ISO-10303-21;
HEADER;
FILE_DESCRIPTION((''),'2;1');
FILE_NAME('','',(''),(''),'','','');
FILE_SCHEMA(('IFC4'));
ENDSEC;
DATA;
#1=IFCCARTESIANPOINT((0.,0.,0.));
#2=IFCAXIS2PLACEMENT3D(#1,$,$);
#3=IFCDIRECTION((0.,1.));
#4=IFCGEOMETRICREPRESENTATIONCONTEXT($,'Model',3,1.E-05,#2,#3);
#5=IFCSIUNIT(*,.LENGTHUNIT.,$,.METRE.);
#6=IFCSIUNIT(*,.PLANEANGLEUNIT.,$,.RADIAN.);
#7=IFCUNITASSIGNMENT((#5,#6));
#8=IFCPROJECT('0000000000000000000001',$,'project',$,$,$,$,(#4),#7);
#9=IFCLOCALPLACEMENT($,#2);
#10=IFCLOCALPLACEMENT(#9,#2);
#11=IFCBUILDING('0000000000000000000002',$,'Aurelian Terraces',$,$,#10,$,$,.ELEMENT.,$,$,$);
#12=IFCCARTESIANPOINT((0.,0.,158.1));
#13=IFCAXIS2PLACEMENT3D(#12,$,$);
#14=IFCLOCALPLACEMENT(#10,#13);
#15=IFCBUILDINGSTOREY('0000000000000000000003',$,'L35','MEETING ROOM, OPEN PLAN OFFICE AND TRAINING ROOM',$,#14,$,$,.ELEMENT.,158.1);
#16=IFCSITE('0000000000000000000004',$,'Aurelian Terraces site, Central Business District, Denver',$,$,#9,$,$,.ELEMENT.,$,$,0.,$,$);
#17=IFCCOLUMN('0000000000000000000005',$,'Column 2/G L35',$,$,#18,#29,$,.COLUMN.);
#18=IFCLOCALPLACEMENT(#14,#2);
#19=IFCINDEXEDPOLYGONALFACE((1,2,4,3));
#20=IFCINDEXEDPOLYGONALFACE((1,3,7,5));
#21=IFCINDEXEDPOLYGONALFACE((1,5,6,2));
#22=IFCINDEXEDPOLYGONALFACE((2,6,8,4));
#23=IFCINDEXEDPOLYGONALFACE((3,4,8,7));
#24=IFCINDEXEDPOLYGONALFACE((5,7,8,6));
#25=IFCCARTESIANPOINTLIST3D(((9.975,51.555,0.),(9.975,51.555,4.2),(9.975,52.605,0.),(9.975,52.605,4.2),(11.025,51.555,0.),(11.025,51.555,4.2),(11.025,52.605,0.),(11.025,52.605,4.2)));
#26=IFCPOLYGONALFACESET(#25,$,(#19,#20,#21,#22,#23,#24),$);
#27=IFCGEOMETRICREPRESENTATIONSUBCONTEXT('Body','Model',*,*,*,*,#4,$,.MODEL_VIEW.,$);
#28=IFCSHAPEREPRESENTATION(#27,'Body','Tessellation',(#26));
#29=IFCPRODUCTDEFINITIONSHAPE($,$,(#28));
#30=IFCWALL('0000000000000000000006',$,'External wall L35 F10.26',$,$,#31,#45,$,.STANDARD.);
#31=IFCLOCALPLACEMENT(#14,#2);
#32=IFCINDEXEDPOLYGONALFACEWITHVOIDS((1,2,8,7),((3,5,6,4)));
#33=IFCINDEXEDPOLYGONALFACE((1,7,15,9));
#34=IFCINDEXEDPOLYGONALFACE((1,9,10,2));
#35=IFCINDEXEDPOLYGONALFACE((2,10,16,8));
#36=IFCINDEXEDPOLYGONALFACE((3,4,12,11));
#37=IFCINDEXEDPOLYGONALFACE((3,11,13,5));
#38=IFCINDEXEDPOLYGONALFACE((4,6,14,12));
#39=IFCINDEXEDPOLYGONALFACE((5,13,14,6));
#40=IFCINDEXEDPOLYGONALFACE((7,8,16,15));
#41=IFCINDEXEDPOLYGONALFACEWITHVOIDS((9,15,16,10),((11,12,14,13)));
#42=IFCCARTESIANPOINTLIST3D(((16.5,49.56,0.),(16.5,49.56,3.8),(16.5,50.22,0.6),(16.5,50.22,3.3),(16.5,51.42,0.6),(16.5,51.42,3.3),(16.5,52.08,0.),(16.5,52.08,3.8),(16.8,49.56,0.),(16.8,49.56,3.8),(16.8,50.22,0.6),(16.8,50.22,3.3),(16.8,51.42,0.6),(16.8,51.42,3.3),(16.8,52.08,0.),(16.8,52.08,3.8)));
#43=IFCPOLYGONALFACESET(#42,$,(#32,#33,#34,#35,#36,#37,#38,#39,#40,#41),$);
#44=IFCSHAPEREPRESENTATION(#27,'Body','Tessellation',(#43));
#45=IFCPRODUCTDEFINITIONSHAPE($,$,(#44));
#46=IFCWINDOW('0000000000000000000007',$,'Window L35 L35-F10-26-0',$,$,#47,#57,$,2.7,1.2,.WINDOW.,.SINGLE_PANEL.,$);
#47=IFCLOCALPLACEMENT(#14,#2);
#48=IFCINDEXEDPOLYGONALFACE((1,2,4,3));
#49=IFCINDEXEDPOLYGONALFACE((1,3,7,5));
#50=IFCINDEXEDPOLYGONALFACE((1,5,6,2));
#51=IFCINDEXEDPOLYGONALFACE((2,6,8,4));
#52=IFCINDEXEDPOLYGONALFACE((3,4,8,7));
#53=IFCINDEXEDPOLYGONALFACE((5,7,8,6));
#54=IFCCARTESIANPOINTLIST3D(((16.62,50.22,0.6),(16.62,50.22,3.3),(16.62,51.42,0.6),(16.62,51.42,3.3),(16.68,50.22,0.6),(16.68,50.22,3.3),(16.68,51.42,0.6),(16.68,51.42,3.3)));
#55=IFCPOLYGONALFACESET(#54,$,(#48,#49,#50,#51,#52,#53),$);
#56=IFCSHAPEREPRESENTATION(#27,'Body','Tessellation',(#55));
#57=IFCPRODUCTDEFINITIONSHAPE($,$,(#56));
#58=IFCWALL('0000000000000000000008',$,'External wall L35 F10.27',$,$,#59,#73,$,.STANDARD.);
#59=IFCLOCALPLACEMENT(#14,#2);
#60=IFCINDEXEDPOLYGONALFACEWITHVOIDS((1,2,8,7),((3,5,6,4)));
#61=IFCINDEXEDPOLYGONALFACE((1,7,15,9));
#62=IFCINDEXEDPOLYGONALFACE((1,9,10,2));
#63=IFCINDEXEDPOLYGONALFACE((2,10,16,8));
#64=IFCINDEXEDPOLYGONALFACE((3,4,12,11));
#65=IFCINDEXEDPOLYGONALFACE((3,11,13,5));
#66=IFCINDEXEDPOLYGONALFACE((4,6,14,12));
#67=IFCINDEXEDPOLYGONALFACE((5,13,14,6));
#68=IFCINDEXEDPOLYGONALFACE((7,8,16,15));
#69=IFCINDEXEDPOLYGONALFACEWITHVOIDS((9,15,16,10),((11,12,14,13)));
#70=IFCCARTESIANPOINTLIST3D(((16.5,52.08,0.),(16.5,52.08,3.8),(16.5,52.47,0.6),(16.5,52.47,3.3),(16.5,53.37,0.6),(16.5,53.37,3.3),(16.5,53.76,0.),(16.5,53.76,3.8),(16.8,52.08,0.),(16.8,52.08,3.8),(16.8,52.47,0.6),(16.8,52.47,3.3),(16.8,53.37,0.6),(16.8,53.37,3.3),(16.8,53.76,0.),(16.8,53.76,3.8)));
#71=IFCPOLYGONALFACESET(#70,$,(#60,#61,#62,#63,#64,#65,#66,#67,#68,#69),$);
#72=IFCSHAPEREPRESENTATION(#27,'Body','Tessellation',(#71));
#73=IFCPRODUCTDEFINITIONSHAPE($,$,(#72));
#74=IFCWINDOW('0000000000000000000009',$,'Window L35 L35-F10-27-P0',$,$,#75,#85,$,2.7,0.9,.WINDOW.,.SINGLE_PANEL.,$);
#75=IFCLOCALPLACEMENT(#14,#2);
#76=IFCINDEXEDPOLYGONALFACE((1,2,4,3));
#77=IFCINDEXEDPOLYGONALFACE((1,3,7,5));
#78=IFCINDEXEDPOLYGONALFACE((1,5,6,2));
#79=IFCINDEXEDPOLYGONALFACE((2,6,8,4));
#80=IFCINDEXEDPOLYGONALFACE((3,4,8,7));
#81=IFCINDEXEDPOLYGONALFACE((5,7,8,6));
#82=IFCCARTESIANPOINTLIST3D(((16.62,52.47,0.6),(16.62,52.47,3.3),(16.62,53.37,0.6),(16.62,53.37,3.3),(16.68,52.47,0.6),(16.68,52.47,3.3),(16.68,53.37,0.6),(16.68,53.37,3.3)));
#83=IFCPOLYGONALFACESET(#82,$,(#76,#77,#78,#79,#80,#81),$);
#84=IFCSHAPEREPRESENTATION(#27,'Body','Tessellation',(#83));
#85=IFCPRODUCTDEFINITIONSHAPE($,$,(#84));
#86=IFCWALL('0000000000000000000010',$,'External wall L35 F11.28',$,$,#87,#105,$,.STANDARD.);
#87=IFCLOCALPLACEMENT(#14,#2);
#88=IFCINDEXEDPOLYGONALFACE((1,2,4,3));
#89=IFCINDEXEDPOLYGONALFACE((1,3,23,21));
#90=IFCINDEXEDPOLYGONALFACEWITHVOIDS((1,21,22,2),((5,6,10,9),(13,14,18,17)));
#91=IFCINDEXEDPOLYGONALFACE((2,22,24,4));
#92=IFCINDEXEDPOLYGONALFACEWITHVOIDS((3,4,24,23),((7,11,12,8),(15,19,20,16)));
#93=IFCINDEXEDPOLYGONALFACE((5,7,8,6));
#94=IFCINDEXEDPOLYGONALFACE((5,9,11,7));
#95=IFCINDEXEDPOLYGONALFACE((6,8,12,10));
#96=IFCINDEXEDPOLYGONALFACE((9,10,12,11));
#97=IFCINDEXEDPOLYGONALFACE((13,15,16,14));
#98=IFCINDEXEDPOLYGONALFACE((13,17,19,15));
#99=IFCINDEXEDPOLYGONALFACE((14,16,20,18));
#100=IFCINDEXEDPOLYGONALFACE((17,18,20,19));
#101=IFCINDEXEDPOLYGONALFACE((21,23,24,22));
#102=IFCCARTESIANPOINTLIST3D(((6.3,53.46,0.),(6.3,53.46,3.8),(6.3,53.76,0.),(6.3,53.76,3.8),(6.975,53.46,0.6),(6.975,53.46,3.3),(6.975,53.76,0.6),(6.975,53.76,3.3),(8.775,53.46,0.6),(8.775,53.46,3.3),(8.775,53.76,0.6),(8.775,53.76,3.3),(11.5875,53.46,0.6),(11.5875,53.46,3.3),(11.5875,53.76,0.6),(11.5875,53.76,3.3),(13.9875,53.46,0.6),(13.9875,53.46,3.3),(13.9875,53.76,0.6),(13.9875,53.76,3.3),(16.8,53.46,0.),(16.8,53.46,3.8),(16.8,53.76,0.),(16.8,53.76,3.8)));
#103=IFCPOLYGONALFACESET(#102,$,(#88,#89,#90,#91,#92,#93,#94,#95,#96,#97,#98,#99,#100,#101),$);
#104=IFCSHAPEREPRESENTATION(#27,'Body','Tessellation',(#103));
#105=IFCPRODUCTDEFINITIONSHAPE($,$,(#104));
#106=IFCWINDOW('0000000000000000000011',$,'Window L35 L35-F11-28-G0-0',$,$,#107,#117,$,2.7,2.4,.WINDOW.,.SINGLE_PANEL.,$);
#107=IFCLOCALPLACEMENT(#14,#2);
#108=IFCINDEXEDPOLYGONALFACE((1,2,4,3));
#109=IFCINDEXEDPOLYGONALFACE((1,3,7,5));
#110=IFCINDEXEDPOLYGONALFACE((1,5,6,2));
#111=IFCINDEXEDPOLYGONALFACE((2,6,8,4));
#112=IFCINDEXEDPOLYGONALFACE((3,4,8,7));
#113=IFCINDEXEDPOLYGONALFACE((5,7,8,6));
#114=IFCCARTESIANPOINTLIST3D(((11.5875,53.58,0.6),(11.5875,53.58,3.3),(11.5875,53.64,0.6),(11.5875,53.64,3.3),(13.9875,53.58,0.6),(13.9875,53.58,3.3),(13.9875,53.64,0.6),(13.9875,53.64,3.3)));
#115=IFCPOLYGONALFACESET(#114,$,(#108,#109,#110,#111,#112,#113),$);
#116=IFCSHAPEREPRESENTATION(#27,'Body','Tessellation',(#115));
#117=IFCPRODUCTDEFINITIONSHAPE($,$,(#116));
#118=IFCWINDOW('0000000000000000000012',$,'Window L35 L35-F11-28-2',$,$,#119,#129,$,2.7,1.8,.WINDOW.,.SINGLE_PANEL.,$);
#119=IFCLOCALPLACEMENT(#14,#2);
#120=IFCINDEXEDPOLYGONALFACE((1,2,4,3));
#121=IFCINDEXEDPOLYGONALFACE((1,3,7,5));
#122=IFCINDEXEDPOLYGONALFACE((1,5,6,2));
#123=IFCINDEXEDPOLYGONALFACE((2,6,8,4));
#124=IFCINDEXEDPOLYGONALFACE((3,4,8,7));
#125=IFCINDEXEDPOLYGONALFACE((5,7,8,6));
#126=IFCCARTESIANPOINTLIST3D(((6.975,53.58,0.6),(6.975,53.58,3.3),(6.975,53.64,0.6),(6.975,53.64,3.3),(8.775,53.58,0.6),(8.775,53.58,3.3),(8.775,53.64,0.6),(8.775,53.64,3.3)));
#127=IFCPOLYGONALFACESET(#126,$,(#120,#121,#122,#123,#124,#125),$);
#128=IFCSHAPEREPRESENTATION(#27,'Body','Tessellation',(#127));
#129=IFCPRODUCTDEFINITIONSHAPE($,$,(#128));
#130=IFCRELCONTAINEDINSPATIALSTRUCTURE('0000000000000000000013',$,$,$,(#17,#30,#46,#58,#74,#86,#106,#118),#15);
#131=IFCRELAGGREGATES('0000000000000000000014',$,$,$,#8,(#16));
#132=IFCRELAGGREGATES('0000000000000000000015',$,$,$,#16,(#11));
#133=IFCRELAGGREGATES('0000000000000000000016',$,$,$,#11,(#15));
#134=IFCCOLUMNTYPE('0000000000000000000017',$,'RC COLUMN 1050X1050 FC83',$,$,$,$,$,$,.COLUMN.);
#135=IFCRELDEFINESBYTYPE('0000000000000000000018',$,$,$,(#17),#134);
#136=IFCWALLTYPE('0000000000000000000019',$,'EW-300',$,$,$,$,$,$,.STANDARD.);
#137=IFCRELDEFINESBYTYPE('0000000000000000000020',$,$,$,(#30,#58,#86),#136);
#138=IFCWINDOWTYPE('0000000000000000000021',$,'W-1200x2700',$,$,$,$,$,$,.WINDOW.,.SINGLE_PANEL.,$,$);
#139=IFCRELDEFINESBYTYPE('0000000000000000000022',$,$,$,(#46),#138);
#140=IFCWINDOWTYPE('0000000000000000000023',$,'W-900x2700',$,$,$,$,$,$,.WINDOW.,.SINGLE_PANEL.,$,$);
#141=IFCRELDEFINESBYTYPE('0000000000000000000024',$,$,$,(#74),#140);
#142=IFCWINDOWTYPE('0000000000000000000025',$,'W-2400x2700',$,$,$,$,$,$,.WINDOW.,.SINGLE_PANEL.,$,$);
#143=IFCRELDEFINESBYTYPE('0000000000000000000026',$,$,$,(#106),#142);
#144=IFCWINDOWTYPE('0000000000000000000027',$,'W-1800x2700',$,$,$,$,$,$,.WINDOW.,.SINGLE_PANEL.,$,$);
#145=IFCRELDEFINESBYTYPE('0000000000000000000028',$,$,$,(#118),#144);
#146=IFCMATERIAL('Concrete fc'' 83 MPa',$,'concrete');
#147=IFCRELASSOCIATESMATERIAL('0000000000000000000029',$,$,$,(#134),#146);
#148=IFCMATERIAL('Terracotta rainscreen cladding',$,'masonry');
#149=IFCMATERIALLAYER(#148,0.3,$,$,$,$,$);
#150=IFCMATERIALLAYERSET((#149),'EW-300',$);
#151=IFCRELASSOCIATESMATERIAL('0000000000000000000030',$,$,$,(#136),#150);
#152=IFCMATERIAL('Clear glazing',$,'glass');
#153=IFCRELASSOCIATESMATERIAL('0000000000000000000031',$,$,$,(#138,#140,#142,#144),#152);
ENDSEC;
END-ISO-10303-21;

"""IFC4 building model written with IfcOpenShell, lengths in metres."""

from ifc_helpers import new_model, si_unit, direction, frame, frame_2d, origin, origin_2d, place, context, subcontext, project, spatial, rectangle, extrude, source, transform, mapped, material, layer, layer_set, material_profile, profile_set, type_object, element, fill, save


model = new_model("IFC4")

# Units and contexts
model_context = context("Model", 3, precision=1e-05, world=origin(), true_north=direction((0.0, 1.0)))
body_context = subcontext(model_context, "Body", "Model", "MODEL_VIEW")
ifc_project = project(units=[si_unit("LENGTHUNIT", "METRE"), si_unit("PLANEANGLEUNIT", "RADIAN")], contexts=[model_context])

# Site, building, storey
site_placement = place(None, origin())
site = spatial("IfcSite", under=ifc_project, at=site_placement, Name="Aurelian Terraces site, Central Business District, Denver", CompositionType="ELEMENT", RefElevation=0.0)
building_placement = place(site_placement, origin())
building = spatial("IfcBuilding", under=site, at=building_placement, Name="Aurelian Terraces", CompositionType="ELEMENT")
storey_placement = place(building_placement, frame((0.0, 0.0, 158.1)))
storey = spatial("IfcBuildingStorey", under=building, at=storey_placement, Name="L35", Description="MEETING ROOM, OPEN PLAN OFFICE AND TRAINING ROOM", CompositionType="ELEMENT", Elevation=158.1)

# Column
ifc_material_1 = material(Name="Concrete fc' 83 MPa", Category="concrete")
ifc_material_profile = material_profile(ifc_material_1, rectangle(XDim=1.05, YDim=1.05, at=origin_2d()))
ifc_profile_set = profile_set([ifc_material_profile], Name="Concrete fc' 83 MPa")
column_type = type_object("IfcColumnType", Name="RC COLUMN 1050X1050 FC83", PredefinedType="COLUMN", material=ifc_profile_set)
shared_shape_1 = source(origin(), body_context, "Body", "SweptSolid", [
    extrude(rectangle(XDim=1.05, YDim=1.05, at=origin_2d()), origin(), (0.0, 0.0, 1.0), 4.2),
])
column_placement = place(storey_placement, frame((10.5, 52.08, 0.0), z_axis=(0.0, 0.0, 1.0), x_axis=(1.0, 0.0, 0.0)))
element("IfcColumn", 1, at=column_placement, inside=storey, type_object=column_type, Name="Column 2/G L35", PredefinedType="COLUMN", context=body_context, shape_type="MappedRepresentation", body=[
    mapped(shared_shape_1, transform((0.0, 0.0, 0.0), scale=1.0)),
])

# Walls, openings, windows
ifc_material_2 = material(Name="Terracotta rainscreen cladding", Category="masonry")
ifc_layer_1 = layer(ifc_material_2, 0.3)
ifc_layer_set_1 = layer_set([ifc_layer_1], Name="EW-300")
wall_type_1 = type_object("IfcWallType", Name="EW-300", PredefinedType="STANDARD", material=ifc_layer_set_1)
shared_shape_2 = source(origin(), body_context, "Body", "SweptSolid", [
    extrude(rectangle(XDim=2.52, YDim=0.3, at=frame_2d((1.26, 0.0))), origin(), (0.0, 0.0, 1.0), 3.8),
])
wall_1_placement = place(storey_placement, frame((16.65, 49.56, 0.0), z_axis=(0.0, 0.0, 1.0), x_axis=(0.0, 1.0, 0.0)))
wall_1 = element("IfcWall", 2, at=wall_1_placement, inside=storey, type_object=wall_type_1, Name="External wall L35 F10.26", PredefinedType="STANDARD", context=body_context, shape_type="MappedRepresentation", body=[
    mapped(shared_shape_2, transform((0.0, 0.0, 0.0), scale=1.0)),
])
shared_shape_3 = source(origin(), body_context, "Body", "SweptSolid", [
    extrude(rectangle(XDim=1.2, YDim=2.7, at=frame_2d((0.6, 1.35))), frame((0.0, 0.16, 0.0), z_axis=(0.0, -1.0, 0.0), x_axis=(1.0, 0.0, 0.0)), (0.0, 0.0, 1.0), 0.32),
])
opening_1_placement = place(wall_1_placement, frame((0.66, 0.0, 0.6)))
opening_1 = element("IfcOpeningElement", 3, at=opening_1_placement, cuts=wall_1, PredefinedType="OPENING", context=body_context, shape_type="MappedRepresentation", body=[
    mapped(shared_shape_3, transform((0.0, 0.0, 0.0), scale=1.0)),
])
ifc_material_3 = material(Name="Clear glazing", Category="glass")
window_type_1 = type_object("IfcWindowType", Name="W-1200x2700", PartitioningType="SINGLE_PANEL", PredefinedType="WINDOW", material=ifc_material_3)
shared_shape_4 = source(origin(), body_context, "Body", "SweptSolid", [
    extrude(rectangle(XDim=1.2, YDim=2.7, at=frame_2d((0.6, 1.35))), frame((0.0, 0.03, 0.0), z_axis=(0.0, -1.0, 0.0), x_axis=(1.0, 0.0, 0.0)), (0.0, 0.0, 1.0), 0.06),
])
window_1_placement = place(opening_1_placement, origin())
window_1 = element("IfcWindow", 4, at=window_1_placement, inside=storey, type_object=window_type_1, Name="Window L35 L35-F10-26-0", OverallHeight=2.7, OverallWidth=1.2, PartitioningType="SINGLE_PANEL", PredefinedType="WINDOW", context=body_context, shape_type="MappedRepresentation", body=[
    mapped(shared_shape_4, transform((0.0, 0.0, 0.0), scale=1.0)),
])
fill(opening_1, window_1)
shared_shape_5 = source(origin(), body_context, "Body", "SweptSolid", [
    extrude(rectangle(XDim=1.68, YDim=0.3, at=frame_2d((0.84, 0.0))), origin(), (0.0, 0.0, 1.0), 3.8),
])
wall_2_placement = place(storey_placement, frame((16.65, 52.08, 0.0), z_axis=(0.0, 0.0, 1.0), x_axis=(0.0, 1.0, 0.0)))
wall_2 = element("IfcWall", 5, at=wall_2_placement, inside=storey, type_object=wall_type_1, Name="External wall L35 F10.27", PredefinedType="STANDARD", context=body_context, shape_type="MappedRepresentation", body=[
    mapped(shared_shape_5, transform((0.0, 0.0, 0.0), scale=1.0)),
])
shared_shape_6 = source(origin(), body_context, "Body", "SweptSolid", [
    extrude(rectangle(XDim=0.9, YDim=2.7, at=frame_2d((0.45, 1.35))), frame((0.0, 0.16, 0.0), z_axis=(0.0, -1.0, 0.0), x_axis=(1.0, 0.0, 0.0)), (0.0, 0.0, 1.0), 0.32),
])
opening_2_placement = place(wall_2_placement, frame((0.39, 0.0, 0.6)))
opening_2 = element("IfcOpeningElement", 6, at=opening_2_placement, cuts=wall_2, PredefinedType="OPENING", context=body_context, shape_type="MappedRepresentation", body=[
    mapped(shared_shape_6, transform((0.0, 0.0, 0.0), scale=1.0)),
])
window_type_2 = type_object("IfcWindowType", Name="W-900x2700", PartitioningType="SINGLE_PANEL", PredefinedType="WINDOW", material=ifc_material_3)
shared_shape_7 = source(origin(), body_context, "Body", "SweptSolid", [
    extrude(rectangle(XDim=0.9, YDim=2.7, at=frame_2d((0.45, 1.35))), frame((0.0, 0.03, 0.0), z_axis=(0.0, -1.0, 0.0), x_axis=(1.0, 0.0, 0.0)), (0.0, 0.0, 1.0), 0.06),
])
window_2_placement = place(opening_2_placement, origin())
window_2 = element("IfcWindow", 7, at=window_2_placement, inside=storey, type_object=window_type_2, Name="Window L35 L35-F10-27-P0", OverallHeight=2.7, OverallWidth=0.9, PartitioningType="SINGLE_PANEL", PredefinedType="WINDOW", context=body_context, shape_type="MappedRepresentation", body=[
    mapped(shared_shape_7, transform((0.0, 0.0, 0.0), scale=1.0)),
])
fill(opening_2, window_2)

# Wall, openings, windows
shared_shape_8 = source(origin(), body_context, "Body", "SweptSolid", [
    extrude(rectangle(XDim=10.5, YDim=0.3, at=frame_2d((5.25, 0.0))), origin(), (0.0, 0.0, 1.0), 3.8),
])
wall_3_placement = place(storey_placement, frame((16.8, 53.61, 0.0), z_axis=(0.0, 0.0, 1.0), x_axis=(-1.0, 0.0, 0.0)))
wall_3 = element("IfcWall", 8, at=wall_3_placement, inside=storey, type_object=wall_type_1, Name="External wall L35 F11.28", PredefinedType="STANDARD", context=body_context, shape_type="MappedRepresentation", body=[
    mapped(shared_shape_8, transform((0.0, 0.0, 0.0), scale=1.0)),
])
shared_shape_9 = source(origin(), body_context, "Body", "SweptSolid", [
    extrude(rectangle(XDim=1.8, YDim=2.7, at=frame_2d((0.9, 1.35))), frame((0.0, 0.16, 0.0), z_axis=(0.0, -1.0, 0.0), x_axis=(1.0, 0.0, 0.0)), (0.0, 0.0, 1.0), 0.32),
])
opening_3_placement = place(wall_3_placement, frame((8.025, 0.0, 0.6)))
opening_3 = element("IfcOpeningElement", 9, at=opening_3_placement, cuts=wall_3, PredefinedType="OPENING", context=body_context, shape_type="MappedRepresentation", body=[
    mapped(shared_shape_9, transform((0.0, 0.0, 0.0), scale=1.0)),
])
shared_shape_10 = source(origin(), body_context, "Body", "SweptSolid", [
    extrude(rectangle(XDim=2.4, YDim=2.7, at=frame_2d((1.2, 1.35))), frame((0.0, 0.16, 0.0), z_axis=(0.0, -1.0, 0.0), x_axis=(1.0, 0.0, 0.0)), (0.0, 0.0, 1.0), 0.32),
])
opening_4_placement = place(wall_3_placement, frame((2.8125, 0.0, 0.6)))
opening_4 = element("IfcOpeningElement", 10, at=opening_4_placement, cuts=wall_3, PredefinedType="OPENING", context=body_context, shape_type="MappedRepresentation", body=[
    mapped(shared_shape_10, transform((0.0, 0.0, 0.0), scale=1.0)),
])
window_type_3 = type_object("IfcWindowType", Name="W-2400x2700", PartitioningType="SINGLE_PANEL", PredefinedType="WINDOW", material=ifc_material_3)
shared_shape_11 = source(origin(), body_context, "Body", "SweptSolid", [
    extrude(rectangle(XDim=2.4, YDim=2.7, at=frame_2d((1.2, 1.35))), frame((0.0, 0.03, 0.0), z_axis=(0.0, -1.0, 0.0), x_axis=(1.0, 0.0, 0.0)), (0.0, 0.0, 1.0), 0.06),
])
window_3_placement = place(opening_4_placement, origin())
window_3 = element("IfcWindow", 11, at=window_3_placement, inside=storey, type_object=window_type_3, Name="Window L35 L35-F11-28-G0-0", OverallHeight=2.7, OverallWidth=2.4, PartitioningType="SINGLE_PANEL", PredefinedType="WINDOW", context=body_context, shape_type="MappedRepresentation", body=[
    mapped(shared_shape_11, transform((0.0, 0.0, 0.0), scale=1.0)),
])
fill(opening_4, window_3)
window_type_4 = type_object("IfcWindowType", Name="W-1800x2700", PartitioningType="SINGLE_PANEL", PredefinedType="WINDOW", material=ifc_material_3)
shared_shape_12 = source(origin(), body_context, "Body", "SweptSolid", [
    extrude(rectangle(XDim=1.8, YDim=2.7, at=frame_2d((0.9, 1.35))), frame((0.0, 0.03, 0.0), z_axis=(0.0, -1.0, 0.0), x_axis=(1.0, 0.0, 0.0)), (0.0, 0.0, 1.0), 0.06),
])
window_4_placement = place(opening_3_placement, origin())
window_4 = element("IfcWindow", 12, at=window_4_placement, inside=storey, type_object=window_type_4, Name="Window L35 L35-F11-28-2", OverallHeight=2.7, OverallWidth=1.8, PartitioningType="SINGLE_PANEL", PredefinedType="WINDOW", context=body_context, shape_type="MappedRepresentation", body=[
    mapped(shared_shape_12, transform((0.0, 0.0, 0.0), scale=1.0)),
])
fill(opening_3, window_4)

save(model, "model.ifc")
